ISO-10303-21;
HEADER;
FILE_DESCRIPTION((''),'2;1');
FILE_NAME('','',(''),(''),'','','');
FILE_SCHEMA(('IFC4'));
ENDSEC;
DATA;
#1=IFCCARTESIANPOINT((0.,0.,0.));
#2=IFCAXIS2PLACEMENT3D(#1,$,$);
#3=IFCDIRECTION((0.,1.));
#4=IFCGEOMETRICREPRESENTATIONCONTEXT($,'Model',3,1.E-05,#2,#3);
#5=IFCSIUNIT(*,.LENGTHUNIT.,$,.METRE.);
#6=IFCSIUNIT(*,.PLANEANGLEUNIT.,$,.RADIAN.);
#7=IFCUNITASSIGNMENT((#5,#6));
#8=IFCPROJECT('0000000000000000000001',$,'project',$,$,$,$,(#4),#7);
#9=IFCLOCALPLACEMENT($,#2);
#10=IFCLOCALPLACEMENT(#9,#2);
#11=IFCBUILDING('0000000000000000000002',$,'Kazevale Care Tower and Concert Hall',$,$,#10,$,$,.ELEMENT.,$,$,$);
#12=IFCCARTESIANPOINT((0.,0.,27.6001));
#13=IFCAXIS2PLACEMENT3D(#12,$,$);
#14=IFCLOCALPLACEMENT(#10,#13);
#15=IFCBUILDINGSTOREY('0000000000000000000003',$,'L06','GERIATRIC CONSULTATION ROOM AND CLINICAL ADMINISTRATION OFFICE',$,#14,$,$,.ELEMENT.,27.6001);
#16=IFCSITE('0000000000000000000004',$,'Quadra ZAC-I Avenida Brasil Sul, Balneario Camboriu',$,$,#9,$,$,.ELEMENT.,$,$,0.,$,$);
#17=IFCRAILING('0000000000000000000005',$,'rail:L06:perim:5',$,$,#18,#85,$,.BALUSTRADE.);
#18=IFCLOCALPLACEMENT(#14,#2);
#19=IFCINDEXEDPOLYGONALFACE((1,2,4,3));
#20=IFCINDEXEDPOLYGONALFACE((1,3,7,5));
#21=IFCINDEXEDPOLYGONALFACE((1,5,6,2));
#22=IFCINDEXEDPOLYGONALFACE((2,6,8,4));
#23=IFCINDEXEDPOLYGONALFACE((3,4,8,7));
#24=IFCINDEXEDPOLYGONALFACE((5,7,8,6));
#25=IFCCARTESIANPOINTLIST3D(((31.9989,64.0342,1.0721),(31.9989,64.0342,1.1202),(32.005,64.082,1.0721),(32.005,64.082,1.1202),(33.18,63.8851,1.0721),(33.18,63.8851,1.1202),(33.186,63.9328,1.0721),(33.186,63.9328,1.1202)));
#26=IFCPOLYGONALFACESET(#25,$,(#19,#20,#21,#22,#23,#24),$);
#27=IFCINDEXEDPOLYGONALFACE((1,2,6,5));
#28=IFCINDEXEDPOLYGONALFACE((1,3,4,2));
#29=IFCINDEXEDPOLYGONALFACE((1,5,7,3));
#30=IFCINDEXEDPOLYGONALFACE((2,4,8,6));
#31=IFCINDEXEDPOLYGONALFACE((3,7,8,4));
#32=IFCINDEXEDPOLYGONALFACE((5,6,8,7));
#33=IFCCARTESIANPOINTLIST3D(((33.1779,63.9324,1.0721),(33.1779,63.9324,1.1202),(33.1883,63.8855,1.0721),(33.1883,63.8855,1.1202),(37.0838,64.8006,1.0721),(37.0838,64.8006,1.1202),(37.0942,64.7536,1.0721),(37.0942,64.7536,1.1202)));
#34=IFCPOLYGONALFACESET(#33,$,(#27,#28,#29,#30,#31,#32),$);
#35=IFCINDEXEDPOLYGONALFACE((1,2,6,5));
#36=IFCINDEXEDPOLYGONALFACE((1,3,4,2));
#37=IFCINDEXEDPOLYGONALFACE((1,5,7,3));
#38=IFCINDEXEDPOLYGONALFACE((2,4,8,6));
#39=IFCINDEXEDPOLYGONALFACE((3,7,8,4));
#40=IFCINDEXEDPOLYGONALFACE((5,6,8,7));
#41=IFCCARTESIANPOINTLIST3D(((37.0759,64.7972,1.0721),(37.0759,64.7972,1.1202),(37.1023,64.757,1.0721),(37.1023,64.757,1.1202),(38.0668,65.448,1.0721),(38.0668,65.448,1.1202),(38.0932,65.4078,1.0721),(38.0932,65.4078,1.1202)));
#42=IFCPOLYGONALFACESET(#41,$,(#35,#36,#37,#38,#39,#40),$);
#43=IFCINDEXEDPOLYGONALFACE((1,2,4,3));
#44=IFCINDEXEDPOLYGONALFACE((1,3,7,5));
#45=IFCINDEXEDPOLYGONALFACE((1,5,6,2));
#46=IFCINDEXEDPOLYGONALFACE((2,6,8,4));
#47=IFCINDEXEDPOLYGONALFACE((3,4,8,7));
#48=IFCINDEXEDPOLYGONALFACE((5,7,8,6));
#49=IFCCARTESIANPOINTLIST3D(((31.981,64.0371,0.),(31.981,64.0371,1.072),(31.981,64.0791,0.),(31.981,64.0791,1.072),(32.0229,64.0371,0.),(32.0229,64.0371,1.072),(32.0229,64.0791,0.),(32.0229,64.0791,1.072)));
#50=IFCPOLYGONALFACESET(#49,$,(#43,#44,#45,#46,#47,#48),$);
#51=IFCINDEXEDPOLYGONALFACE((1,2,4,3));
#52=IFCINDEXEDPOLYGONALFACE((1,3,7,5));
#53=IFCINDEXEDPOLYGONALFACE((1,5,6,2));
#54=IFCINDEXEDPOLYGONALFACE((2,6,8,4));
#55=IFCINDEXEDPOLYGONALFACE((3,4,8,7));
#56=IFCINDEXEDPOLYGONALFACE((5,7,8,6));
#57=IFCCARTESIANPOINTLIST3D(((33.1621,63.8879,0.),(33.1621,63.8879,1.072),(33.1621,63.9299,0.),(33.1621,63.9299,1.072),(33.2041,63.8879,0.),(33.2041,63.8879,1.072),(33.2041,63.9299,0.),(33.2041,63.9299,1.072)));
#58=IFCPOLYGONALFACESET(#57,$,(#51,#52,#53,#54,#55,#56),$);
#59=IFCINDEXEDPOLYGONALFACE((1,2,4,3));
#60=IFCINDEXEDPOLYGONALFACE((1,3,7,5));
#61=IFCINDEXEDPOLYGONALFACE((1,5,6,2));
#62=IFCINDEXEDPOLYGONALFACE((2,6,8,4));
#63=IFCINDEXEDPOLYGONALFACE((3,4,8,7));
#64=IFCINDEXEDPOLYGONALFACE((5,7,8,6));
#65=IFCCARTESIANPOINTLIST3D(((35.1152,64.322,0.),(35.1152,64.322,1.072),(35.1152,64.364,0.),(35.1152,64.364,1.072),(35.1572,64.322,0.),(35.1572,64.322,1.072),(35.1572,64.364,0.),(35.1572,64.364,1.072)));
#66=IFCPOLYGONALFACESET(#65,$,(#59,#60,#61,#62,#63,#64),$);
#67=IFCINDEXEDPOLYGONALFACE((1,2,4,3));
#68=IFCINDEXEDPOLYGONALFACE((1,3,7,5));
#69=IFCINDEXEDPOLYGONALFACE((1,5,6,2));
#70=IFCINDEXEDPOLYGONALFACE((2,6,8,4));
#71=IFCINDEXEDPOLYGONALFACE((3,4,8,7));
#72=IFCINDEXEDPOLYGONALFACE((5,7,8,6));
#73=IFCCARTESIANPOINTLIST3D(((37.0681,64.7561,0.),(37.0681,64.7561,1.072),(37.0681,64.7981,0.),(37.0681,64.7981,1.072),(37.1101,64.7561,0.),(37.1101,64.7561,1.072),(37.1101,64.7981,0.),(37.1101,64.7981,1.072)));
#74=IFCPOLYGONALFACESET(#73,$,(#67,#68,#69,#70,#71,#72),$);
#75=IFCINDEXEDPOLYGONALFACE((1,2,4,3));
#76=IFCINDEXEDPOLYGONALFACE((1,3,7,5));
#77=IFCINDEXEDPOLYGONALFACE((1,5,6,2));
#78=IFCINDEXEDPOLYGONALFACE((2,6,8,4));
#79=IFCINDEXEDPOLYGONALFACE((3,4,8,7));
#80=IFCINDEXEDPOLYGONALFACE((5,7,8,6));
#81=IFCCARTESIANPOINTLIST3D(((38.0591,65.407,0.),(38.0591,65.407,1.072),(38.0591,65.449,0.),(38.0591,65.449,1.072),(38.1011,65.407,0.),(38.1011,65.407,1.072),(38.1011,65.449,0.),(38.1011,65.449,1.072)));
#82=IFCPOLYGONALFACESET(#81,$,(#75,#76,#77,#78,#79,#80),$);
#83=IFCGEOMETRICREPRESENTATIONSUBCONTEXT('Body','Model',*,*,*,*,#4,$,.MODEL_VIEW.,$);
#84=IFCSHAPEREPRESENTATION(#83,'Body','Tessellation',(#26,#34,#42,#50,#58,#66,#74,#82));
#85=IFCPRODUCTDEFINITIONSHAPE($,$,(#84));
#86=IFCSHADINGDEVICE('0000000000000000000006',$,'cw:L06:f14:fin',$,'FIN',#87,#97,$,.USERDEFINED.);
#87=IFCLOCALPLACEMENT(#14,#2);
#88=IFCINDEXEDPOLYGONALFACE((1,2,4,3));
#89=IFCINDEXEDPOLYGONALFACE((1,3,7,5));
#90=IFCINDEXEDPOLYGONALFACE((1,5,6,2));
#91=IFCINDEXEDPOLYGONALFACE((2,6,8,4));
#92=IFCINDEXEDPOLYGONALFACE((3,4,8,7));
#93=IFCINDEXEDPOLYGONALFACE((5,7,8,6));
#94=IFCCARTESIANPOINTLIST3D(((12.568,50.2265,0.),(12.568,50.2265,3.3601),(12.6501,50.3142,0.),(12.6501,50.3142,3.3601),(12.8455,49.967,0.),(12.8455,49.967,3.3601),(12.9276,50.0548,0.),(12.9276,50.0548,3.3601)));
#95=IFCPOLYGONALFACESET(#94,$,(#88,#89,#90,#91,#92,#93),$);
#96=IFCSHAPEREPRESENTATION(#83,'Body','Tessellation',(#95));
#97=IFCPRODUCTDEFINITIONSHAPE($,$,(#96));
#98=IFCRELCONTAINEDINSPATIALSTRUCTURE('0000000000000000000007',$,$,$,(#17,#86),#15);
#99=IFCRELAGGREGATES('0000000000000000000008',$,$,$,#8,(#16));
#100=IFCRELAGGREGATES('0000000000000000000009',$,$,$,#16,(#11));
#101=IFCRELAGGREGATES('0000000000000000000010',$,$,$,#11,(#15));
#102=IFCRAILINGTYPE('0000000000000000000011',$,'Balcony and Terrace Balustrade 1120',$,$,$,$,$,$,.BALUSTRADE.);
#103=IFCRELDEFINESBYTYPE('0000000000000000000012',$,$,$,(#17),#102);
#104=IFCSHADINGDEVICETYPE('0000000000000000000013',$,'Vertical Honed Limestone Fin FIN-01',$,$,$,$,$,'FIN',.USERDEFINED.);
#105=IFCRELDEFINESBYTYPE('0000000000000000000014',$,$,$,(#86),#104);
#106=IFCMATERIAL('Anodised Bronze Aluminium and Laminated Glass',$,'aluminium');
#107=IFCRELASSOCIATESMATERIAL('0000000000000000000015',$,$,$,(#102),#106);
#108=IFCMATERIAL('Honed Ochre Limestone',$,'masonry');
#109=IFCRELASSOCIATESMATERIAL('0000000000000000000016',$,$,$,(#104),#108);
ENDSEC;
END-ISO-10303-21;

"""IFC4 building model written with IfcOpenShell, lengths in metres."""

from ifc_helpers import new_model, si_unit, direction, frame, origin, origin_2d, place, context, subcontext, project, spatial, rectangle, extrude, material, type_object, element, save


model = new_model("IFC4")

# Units and contexts
model_context = context("Model", 3, precision=1e-05, world=origin(), true_north=direction((0.0, 1.0)))
body_context = subcontext(model_context, "Body", "Model", "MODEL_VIEW")
ifc_project = project(units=[si_unit("LENGTHUNIT", "METRE"), si_unit("PLANEANGLEUNIT", "RADIAN")], contexts=[model_context])

# Site, building, storey
site_placement = place(None, origin())
site = spatial("IfcSite", under=ifc_project, at=site_placement, Name="Quadra ZAC-I Avenida Brasil Sul, Balneario Camboriu", CompositionType="ELEMENT", RefElevation=0.0)
building_placement = place(site_placement, origin())
building = spatial("IfcBuilding", under=site, at=building_placement, Name="Kazevale Care Tower and Concert Hall", CompositionType="ELEMENT")
storey_placement = place(building_placement, frame((0.0, 0.0, 27.6001)))
storey = spatial("IfcBuildingStorey", under=building, at=storey_placement, Name="L06", Description="GERIATRIC CONSULTATION ROOM AND CLINICAL ADMINISTRATION OFFICE", CompositionType="ELEMENT", Elevation=27.6001)

# Railing
ifc_material_1 = material(Name="Anodised Bronze Aluminium and Laminated Glass", Category="aluminium")
railing_type = type_object("IfcRailingType", Name="Balcony and Terrace Balustrade 1120", PredefinedType="BALUSTRADE", material=ifc_material_1)
railing_1_placement = place(storey_placement, frame((32.002, 64.0581, 0.0)))
element("IfcRailing", 1, at=railing_1_placement, inside=storey, type_object=railing_type, Name="rail:L06:perim:5", PredefinedType="BALUSTRADE", context=body_context, shape_type="SweptSolid", body=[
    extrude(rectangle(XDim=0.0481, YDim=0.0481, at=origin_2d()), frame((0.0, 0.0, 1.0962), z_axis=(0.992119, -0.125297, 0.0), x_axis=(0.125297, 0.992119, 0.0)), (0.0, 0.0, 1.0), 1.1904),
    extrude(rectangle(XDim=0.0481, YDim=0.0481, at=origin_2d()), frame((1.1812, -0.1492, 1.0962), z_axis=(0.976178, 0.216969, 0.0), x_axis=(-0.216969, 0.976178, 0.0)), (0.0, 0.0, 1.0), 4.0012),
    extrude(rectangle(XDim=0.0481, YDim=0.0481, at=origin_2d()), frame((5.0872, 0.719, 1.0962), z_axis=(0.835832, 0.548985, 0.0), x_axis=(-0.548985, 0.835832, 0.0)), (0.0, 0.0, 1.0), 1.1855),
    extrude(rectangle(XDim=0.042, YDim=0.042, at=origin_2d()), origin(), (0.0, 0.0, 1.0), 1.072),
    extrude(rectangle(XDim=0.042, YDim=0.042, at=origin_2d()), frame((1.1812, -0.1492, 0.0)), (0.0, 0.0, 1.0), 1.072),
    extrude(rectangle(XDim=0.042, YDim=0.042, at=origin_2d()), frame((3.1343, 0.2849, 0.0)), (0.0, 0.0, 1.0), 1.072),
    extrude(rectangle(XDim=0.042, YDim=0.042, at=origin_2d()), frame((5.0872, 0.719, 0.0)), (0.0, 0.0, 1.0), 1.072),
    extrude(rectangle(XDim=0.042, YDim=0.042, at=origin_2d()), frame((6.0781, 1.3699, 0.0)), (0.0, 0.0, 1.0), 1.072),
])

# Shading device
ifc_material_2 = material(Name="Honed Ochre Limestone", Category="masonry")
shading_device_type = type_object("IfcShadingDeviceType", Name="Vertical Honed Limestone Fin FIN-01", ElementType="FIN", PredefinedType="USERDEFINED", material=ifc_material_2)
shading_device_placement = place(storey_placement, frame((12.7478, 50.1406, 0.0), z_axis=(0.0, 0.0, 1.0), x_axis=(-0.730401, 0.683019, 0.0)))
element("IfcShadingDevice", 2, at=shading_device_placement, inside=storey, type_object=shading_device_type, Name="cw:L06:f14:fin", ObjectType="FIN", PredefinedType="USERDEFINED", context=body_context, shape_type="SweptSolid", body=[
    extrude(rectangle(XDim=0.3799, YDim=0.1201, at=origin_2d()), origin(), (0.0, 0.0, 1.0), 3.3601),
])

save(model, "model.ifc")
